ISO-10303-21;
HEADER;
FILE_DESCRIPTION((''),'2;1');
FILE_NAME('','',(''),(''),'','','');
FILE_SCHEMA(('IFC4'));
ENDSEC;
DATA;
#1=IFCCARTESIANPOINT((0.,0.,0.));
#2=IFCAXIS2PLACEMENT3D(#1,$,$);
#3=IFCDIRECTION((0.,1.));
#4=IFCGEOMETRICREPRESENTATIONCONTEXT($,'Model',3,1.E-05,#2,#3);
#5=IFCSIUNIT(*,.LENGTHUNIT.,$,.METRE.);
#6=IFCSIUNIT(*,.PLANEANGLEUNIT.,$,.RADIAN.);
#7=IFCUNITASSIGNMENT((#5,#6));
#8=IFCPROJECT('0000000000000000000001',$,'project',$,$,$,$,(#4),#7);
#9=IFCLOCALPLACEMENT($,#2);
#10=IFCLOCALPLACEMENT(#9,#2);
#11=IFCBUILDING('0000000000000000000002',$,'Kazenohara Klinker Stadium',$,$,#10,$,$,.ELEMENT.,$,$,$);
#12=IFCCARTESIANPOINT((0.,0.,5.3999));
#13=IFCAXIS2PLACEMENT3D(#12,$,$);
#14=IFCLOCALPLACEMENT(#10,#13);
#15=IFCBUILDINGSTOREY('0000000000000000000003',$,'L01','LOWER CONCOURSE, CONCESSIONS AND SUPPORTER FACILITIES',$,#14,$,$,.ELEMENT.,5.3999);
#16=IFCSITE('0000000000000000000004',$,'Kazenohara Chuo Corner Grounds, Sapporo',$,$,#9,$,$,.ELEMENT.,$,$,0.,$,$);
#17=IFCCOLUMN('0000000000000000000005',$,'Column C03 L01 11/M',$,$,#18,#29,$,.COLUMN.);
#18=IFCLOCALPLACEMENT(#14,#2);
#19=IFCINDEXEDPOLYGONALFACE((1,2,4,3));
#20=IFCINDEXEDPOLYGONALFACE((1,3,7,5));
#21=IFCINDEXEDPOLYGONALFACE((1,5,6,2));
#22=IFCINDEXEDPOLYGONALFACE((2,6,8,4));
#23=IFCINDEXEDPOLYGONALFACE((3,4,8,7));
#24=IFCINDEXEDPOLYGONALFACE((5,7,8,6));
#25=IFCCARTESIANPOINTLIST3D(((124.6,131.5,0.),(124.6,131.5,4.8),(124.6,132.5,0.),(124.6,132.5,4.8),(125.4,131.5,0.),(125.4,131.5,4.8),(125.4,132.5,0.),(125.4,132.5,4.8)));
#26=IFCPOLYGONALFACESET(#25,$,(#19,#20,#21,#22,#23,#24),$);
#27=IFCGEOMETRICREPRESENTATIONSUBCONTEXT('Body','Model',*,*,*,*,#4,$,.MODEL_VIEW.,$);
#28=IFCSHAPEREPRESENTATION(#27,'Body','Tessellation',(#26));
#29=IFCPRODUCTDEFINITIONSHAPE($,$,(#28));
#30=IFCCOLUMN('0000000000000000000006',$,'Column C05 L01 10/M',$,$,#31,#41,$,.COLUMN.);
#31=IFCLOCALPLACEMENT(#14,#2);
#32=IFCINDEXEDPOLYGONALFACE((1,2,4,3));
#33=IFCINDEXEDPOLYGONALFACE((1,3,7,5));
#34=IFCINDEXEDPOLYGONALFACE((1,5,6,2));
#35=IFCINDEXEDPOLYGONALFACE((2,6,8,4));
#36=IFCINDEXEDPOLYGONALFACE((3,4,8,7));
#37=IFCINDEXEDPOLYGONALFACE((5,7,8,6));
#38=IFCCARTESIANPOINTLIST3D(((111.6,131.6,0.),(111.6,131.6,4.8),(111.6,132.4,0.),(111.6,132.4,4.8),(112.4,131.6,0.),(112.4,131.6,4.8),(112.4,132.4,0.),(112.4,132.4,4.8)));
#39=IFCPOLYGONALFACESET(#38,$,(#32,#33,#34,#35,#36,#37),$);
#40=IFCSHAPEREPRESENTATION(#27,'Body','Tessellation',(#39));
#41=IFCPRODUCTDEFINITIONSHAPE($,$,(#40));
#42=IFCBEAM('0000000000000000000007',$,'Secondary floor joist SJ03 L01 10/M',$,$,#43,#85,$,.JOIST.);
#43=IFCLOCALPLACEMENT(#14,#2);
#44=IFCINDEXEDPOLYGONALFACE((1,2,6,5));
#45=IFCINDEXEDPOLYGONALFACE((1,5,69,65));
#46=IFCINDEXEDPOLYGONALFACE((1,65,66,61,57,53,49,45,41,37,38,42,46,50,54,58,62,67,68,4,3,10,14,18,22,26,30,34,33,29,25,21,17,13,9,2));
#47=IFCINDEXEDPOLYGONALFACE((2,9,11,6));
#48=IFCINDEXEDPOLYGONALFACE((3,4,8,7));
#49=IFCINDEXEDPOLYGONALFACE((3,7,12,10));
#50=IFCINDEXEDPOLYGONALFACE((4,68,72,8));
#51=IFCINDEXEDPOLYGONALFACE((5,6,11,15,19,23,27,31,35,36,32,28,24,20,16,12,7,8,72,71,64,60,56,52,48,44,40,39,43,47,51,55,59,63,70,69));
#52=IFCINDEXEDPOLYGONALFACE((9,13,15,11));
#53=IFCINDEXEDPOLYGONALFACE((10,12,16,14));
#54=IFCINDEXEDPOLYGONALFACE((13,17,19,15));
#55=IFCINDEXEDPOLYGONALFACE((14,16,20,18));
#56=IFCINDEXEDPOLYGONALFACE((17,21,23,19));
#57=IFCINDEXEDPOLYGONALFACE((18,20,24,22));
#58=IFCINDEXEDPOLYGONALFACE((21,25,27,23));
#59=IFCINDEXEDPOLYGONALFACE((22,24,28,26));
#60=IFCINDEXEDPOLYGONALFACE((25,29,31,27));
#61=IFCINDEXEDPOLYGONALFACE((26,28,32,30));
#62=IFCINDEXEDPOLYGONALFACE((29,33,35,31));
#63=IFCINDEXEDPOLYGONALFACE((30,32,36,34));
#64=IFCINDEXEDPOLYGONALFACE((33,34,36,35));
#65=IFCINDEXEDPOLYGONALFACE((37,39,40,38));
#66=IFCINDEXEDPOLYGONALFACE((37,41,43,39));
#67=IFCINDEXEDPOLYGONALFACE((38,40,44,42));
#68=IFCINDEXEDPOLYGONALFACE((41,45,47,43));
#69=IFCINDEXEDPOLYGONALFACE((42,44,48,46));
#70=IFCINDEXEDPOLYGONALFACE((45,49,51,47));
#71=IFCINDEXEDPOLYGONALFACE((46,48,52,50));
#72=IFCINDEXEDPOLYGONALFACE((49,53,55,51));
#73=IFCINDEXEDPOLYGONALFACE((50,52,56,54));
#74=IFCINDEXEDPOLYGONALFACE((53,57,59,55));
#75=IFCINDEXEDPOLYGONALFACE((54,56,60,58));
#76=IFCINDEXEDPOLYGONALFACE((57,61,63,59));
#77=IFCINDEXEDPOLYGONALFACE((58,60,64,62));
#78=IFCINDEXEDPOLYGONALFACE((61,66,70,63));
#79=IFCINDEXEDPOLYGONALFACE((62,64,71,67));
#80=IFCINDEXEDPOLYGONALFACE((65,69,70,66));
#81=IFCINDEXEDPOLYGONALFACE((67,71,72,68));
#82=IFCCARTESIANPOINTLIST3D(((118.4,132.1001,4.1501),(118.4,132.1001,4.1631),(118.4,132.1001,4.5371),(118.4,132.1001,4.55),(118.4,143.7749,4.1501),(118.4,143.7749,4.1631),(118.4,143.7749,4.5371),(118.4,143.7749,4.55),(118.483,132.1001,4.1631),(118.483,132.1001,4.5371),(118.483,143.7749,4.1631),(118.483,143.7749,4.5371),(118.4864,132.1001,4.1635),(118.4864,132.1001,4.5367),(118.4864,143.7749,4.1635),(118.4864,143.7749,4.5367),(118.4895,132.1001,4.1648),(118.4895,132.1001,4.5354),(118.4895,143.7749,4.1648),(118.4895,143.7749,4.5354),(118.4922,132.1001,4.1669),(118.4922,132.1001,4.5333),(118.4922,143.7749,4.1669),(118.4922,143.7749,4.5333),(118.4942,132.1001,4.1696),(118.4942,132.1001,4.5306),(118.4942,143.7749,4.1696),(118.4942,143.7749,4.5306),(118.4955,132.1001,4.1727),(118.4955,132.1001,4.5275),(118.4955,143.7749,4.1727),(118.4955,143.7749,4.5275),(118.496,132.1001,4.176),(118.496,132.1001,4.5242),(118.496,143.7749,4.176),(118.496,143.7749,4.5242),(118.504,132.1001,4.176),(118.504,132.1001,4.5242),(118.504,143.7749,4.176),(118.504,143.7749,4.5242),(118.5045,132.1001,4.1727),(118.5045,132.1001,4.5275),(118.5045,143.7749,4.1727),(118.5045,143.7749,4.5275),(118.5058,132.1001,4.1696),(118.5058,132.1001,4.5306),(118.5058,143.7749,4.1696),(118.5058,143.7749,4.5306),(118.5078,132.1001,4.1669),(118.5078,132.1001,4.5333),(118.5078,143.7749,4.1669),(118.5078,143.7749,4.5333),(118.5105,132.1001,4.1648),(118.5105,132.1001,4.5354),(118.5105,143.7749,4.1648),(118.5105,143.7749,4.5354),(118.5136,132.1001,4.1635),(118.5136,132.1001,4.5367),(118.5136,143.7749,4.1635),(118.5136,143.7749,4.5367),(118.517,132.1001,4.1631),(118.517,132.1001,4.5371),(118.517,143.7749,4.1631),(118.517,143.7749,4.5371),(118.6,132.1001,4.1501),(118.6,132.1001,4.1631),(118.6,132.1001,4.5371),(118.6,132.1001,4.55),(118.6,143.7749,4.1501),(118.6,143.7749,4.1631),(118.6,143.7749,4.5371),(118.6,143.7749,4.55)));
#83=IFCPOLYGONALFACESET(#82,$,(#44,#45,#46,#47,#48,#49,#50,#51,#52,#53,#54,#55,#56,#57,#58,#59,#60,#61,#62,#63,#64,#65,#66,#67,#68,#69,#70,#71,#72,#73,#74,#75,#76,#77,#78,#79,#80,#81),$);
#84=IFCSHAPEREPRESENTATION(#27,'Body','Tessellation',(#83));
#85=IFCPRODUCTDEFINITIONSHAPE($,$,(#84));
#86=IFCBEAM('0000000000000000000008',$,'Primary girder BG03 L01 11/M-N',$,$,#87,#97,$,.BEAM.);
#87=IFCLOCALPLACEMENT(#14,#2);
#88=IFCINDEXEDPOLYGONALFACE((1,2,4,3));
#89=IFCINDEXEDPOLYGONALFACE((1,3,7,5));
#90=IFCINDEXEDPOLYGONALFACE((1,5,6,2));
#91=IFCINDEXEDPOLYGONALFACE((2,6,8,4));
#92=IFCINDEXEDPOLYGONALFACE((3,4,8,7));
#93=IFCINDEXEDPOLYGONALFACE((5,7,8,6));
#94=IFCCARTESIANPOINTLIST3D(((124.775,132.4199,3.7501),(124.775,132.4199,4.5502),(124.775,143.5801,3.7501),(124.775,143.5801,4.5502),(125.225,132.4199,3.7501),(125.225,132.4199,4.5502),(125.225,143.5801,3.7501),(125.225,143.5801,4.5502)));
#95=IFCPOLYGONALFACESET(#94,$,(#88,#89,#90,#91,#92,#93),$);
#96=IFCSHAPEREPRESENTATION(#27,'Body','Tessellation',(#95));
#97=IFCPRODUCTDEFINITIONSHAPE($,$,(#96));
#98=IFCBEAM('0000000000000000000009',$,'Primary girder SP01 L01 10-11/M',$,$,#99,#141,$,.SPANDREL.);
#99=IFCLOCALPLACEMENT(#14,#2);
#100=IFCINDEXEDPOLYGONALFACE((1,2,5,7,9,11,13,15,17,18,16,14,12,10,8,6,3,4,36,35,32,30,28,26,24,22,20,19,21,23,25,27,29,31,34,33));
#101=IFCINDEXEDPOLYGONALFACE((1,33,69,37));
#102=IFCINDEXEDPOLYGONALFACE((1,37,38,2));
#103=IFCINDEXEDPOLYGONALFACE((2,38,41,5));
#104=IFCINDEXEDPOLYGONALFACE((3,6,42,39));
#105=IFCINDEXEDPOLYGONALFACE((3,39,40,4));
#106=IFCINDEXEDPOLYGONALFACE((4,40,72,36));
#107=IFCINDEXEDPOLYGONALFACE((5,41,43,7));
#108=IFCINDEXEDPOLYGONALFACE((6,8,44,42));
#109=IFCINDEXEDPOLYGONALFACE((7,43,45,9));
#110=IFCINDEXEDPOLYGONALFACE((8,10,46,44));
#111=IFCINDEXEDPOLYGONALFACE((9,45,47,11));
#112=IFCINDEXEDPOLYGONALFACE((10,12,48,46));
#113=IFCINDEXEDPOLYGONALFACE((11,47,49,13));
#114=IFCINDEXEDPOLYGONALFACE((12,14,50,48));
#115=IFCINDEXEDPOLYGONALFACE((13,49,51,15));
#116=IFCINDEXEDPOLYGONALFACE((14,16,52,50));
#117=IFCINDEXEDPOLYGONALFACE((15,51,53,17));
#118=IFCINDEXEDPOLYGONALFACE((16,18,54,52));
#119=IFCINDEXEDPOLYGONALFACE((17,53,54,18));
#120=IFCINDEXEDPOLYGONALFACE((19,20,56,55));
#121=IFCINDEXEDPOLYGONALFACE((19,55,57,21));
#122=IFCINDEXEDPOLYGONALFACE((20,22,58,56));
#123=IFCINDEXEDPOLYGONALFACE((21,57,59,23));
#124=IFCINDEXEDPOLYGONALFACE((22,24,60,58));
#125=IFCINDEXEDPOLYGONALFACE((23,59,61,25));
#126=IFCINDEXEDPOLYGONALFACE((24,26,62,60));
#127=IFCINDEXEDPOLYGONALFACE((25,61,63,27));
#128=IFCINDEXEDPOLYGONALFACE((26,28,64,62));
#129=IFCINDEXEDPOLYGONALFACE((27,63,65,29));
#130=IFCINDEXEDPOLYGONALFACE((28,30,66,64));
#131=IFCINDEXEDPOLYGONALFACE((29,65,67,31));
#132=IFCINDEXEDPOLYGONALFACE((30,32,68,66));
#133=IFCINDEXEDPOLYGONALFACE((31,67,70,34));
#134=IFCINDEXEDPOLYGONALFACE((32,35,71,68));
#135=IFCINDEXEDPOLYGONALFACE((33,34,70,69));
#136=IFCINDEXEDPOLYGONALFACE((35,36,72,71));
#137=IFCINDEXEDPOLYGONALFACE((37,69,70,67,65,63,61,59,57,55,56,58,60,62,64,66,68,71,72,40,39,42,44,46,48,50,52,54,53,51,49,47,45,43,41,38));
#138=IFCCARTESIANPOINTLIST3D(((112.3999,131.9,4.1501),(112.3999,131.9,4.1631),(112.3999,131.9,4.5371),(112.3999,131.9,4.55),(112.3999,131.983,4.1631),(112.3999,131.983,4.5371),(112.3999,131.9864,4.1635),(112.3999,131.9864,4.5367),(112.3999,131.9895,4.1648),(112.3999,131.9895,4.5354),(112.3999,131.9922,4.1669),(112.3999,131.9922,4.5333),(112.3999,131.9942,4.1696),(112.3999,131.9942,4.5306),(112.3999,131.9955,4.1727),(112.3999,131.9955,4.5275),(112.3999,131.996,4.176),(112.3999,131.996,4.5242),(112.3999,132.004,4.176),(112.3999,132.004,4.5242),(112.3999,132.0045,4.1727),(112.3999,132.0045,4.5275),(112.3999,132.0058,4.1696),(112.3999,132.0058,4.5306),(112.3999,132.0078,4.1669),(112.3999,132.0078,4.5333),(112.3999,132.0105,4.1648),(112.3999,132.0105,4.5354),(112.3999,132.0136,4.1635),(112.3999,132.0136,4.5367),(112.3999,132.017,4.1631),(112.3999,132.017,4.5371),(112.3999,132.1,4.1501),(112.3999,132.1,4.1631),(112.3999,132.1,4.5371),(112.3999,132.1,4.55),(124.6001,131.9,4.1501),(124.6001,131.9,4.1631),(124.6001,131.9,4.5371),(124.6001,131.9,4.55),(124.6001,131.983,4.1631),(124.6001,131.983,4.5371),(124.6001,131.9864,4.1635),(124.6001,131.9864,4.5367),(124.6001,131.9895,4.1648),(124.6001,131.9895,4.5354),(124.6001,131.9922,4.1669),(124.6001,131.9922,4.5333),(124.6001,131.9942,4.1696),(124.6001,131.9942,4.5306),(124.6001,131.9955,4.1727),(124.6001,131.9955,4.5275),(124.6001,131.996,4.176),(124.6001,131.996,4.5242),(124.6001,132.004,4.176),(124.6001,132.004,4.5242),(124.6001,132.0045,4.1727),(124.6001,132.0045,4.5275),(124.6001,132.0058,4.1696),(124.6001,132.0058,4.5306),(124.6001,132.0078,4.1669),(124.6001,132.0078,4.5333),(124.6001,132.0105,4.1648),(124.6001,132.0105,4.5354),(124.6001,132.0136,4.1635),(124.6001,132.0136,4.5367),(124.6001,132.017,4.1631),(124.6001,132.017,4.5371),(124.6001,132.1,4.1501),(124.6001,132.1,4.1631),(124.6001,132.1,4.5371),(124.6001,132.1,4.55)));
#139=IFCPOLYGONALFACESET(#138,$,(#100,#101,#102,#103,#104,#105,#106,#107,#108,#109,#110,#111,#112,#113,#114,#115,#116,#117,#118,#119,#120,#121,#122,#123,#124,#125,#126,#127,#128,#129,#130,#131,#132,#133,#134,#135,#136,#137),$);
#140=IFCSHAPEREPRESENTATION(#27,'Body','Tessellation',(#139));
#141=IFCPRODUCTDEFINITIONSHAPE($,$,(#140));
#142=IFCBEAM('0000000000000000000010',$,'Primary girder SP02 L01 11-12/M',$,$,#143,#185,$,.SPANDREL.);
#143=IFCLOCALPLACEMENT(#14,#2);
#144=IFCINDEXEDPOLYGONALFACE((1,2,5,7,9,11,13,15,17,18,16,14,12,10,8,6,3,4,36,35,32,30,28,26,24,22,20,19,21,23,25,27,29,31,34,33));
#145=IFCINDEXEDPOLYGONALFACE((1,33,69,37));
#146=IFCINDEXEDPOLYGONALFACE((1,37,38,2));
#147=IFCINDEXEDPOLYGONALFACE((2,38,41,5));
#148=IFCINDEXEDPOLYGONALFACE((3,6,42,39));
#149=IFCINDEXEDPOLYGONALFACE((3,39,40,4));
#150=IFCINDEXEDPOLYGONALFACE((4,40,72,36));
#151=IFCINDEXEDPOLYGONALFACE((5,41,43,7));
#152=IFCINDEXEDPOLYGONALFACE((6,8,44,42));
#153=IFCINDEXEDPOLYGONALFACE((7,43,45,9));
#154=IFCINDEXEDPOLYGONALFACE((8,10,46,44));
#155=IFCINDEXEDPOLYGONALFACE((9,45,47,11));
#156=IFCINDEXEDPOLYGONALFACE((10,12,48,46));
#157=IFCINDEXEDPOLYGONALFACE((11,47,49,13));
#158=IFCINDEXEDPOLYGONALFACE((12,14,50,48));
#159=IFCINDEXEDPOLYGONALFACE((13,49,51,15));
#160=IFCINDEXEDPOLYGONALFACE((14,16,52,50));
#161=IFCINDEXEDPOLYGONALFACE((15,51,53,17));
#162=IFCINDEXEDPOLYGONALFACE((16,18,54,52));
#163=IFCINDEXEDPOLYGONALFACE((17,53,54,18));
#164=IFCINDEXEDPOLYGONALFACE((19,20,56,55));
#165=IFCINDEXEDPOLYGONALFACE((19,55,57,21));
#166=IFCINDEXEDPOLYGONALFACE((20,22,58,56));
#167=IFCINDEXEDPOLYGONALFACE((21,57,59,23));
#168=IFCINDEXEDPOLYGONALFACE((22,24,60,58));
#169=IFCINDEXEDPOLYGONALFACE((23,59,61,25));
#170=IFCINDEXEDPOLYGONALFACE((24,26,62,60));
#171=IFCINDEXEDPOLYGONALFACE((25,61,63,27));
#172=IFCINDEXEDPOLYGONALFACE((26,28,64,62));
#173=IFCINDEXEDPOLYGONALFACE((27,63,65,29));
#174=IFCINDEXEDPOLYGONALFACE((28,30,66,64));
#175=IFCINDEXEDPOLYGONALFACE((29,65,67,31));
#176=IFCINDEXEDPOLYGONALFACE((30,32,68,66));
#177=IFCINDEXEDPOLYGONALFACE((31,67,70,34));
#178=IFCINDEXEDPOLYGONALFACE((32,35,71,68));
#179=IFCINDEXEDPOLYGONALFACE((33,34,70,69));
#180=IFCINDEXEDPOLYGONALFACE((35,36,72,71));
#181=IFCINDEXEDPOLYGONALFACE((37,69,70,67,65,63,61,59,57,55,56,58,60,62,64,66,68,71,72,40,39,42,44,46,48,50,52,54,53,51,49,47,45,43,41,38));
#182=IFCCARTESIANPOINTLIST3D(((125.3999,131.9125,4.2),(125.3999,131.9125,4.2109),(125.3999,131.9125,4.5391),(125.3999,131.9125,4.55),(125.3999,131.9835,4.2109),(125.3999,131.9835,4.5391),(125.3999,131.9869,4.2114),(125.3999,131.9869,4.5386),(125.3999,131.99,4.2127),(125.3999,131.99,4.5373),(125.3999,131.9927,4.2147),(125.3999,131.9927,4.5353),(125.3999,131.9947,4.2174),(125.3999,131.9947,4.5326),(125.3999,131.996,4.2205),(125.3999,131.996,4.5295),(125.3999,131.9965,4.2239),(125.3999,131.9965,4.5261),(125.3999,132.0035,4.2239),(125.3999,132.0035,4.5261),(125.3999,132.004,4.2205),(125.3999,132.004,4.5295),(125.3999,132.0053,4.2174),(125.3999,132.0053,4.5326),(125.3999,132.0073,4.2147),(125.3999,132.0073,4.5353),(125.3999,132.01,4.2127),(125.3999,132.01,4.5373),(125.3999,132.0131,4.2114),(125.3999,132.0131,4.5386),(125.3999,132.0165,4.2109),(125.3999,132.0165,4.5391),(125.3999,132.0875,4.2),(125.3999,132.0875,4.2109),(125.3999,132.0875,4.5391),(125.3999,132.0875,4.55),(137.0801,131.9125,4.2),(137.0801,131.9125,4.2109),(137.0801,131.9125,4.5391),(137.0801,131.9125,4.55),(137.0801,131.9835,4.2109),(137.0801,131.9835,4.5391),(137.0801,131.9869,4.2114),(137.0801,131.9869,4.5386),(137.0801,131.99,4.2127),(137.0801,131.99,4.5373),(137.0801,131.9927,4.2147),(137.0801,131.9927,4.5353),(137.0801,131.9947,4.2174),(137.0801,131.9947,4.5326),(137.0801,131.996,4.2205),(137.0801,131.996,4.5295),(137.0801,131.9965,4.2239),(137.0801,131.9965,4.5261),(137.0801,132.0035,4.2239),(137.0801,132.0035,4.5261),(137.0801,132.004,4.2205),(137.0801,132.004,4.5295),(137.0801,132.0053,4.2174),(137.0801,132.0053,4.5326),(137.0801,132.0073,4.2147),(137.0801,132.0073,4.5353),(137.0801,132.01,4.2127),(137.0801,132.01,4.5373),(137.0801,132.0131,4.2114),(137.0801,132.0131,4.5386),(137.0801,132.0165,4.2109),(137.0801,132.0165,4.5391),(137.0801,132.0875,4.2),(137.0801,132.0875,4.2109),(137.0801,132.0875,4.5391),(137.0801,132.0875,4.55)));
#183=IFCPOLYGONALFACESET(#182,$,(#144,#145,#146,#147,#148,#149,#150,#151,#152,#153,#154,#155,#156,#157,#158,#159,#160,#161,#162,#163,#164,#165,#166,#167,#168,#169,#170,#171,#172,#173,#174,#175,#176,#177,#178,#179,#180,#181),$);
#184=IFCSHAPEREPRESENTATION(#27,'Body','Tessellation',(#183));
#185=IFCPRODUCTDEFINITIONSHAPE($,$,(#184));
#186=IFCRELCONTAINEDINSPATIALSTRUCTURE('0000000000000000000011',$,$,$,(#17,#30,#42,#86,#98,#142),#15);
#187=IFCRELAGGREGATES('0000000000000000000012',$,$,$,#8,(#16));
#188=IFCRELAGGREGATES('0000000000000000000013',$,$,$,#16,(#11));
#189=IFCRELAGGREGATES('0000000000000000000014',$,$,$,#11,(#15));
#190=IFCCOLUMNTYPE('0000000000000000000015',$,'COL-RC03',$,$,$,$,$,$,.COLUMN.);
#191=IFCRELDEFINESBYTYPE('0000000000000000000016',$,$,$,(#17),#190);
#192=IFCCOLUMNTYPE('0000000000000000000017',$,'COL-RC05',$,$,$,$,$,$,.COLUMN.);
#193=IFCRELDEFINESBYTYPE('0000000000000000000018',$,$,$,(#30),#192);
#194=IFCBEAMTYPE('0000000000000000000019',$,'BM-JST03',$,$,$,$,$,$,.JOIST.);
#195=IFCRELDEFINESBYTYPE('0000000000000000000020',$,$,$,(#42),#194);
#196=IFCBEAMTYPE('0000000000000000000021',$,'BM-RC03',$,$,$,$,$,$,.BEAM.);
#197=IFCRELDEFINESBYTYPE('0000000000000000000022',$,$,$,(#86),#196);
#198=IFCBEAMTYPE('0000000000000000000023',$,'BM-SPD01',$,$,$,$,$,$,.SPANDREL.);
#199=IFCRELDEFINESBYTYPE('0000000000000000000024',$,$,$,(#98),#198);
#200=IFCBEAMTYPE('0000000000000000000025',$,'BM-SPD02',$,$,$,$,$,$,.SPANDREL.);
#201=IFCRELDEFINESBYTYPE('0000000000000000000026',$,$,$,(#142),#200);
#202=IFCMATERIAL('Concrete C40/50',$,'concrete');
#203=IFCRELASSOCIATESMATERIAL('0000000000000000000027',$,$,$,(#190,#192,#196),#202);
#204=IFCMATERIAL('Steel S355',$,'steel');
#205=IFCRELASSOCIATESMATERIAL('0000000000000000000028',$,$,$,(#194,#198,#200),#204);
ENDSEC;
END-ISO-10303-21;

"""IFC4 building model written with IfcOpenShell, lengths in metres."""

from ifc_helpers import new_model, si_unit, direction, frame, origin, origin_2d, place, context, subcontext, project, spatial, rectangle, i_section, extrude, material, material_profile, profile_set, type_object, element, save


model = new_model("IFC4")

# Units and contexts
model_context = context("Model", 3, precision=1e-05, world=origin(), true_north=direction((0.0, 1.0)))
body_context = subcontext(model_context, "Body", "Model", "MODEL_VIEW")
ifc_project = project(units=[si_unit("LENGTHUNIT", "METRE"), si_unit("PLANEANGLEUNIT", "RADIAN")], contexts=[model_context])

# Site, building, storey
site_placement = place(None, origin())
site = spatial("IfcSite", under=ifc_project, at=site_placement, Name="Kazenohara Chuo Corner Grounds, Sapporo", CompositionType="ELEMENT", RefElevation=0.0)
building_placement = place(site_placement, origin())
building = spatial("IfcBuilding", under=site, at=building_placement, Name="Kazenohara Klinker Stadium", CompositionType="ELEMENT")
storey_placement = place(building_placement, frame((0.0, 0.0, 5.3999)))
storey = spatial("IfcBuildingStorey", under=building, at=storey_placement, Name="L01", Description="LOWER CONCOURSE, CONCESSIONS AND SUPPORTER FACILITIES", CompositionType="ELEMENT", Elevation=5.3999)

# Columns
ifc_material_1 = material(Name="Concrete C40/50", Category="concrete")
ifc_material_profile_1 = material_profile(ifc_material_1, rectangle(XDim=0.8, YDim=1.0, at=origin_2d()), Name="RC-COL-1000x800")
ifc_profile_set_1 = profile_set([ifc_material_profile_1], Name="Concrete C40/50")
column_type_1 = type_object("IfcColumnType", Name="COL-RC03", PredefinedType="COLUMN", material=ifc_profile_set_1)
column_1_placement = place(storey_placement, frame((125.0, 132.0, 0.0), z_axis=(0.0, 0.0, 1.0), x_axis=(1.0, 0.0, 0.0)))
element("IfcColumn", 1, at=column_1_placement, inside=storey, type_object=column_type_1, Name="Column C03 L01 11/M", PredefinedType="COLUMN", context=body_context, shape_type="SweptSolid", body=[
    extrude(rectangle(XDim=0.8, YDim=1.0, at=origin_2d()), origin(), (0.0, 0.0, 1.0), 4.8),
])
ifc_material_profile_2 = material_profile(ifc_material_1, rectangle(XDim=0.8, YDim=0.8, at=origin_2d()), Name="RC-COL-800x800")
ifc_profile_set_2 = profile_set([ifc_material_profile_2], Name="Concrete C40/50")
column_type_2 = type_object("IfcColumnType", Name="COL-RC05", PredefinedType="COLUMN", material=ifc_profile_set_2)
column_2_placement = place(storey_placement, frame((112.0, 132.0, 0.0), z_axis=(0.0, 0.0, 1.0), x_axis=(1.0, 0.0, 0.0)))
element("IfcColumn", 2, at=column_2_placement, inside=storey, type_object=column_type_2, Name="Column C05 L01 10/M", PredefinedType="COLUMN", context=body_context, shape_type="SweptSolid", body=[
    extrude(rectangle(XDim=0.8, YDim=0.8, at=origin_2d()), origin(), (0.0, 0.0, 1.0), 4.8),
])

# Beams
ifc_material_2 = material(Name="Steel S355", Category="steel")
ifc_material_profile_3 = material_profile(ifc_material_2, i_section(OverallWidth=0.2, OverallDepth=0.3999, WebThickness=0.0081, FlangeThickness=0.0129, FilletRadius=0.0129, at=origin_2d()), Name="H-400x200x8x13")
ifc_profile_set_3 = profile_set([ifc_material_profile_3], Name="Steel S355")
beam_type_1 = type_object("IfcBeamType", Name="BM-JST03", PredefinedType="JOIST", material=ifc_profile_set_3)
beam_1_placement = place(storey_placement, frame((118.5, 132.1001, 4.3501), z_axis=(0.0, 1.0, 0.0), x_axis=(-1.0, 0.0, 0.0)))
element("IfcBeam", 3, at=beam_1_placement, inside=storey, type_object=beam_type_1, Name="Secondary floor joist SJ03 L01 10/M", PredefinedType="JOIST", context=body_context, shape_type="SweptSolid", body=[
    extrude(i_section(OverallWidth=0.2, OverallDepth=0.3999, WebThickness=0.0081, FlangeThickness=0.0129, FilletRadius=0.0129, at=origin_2d()), origin(), (0.0, 0.0, 1.0), 11.6748),
])
ifc_material_profile_4 = material_profile(ifc_material_1, rectangle(XDim=0.45, YDim=0.8, at=origin_2d()), Name="RC-BM-450x800")
ifc_profile_set_4 = profile_set([ifc_material_profile_4], Name="Concrete C40/50")
beam_type_2 = type_object("IfcBeamType", Name="BM-RC03", PredefinedType="BEAM", material=ifc_profile_set_4)
beam_2_placement = place(storey_placement, frame((125.0, 132.4199, 4.1501), z_axis=(0.0, 1.0, 0.0), x_axis=(-1.0, 0.0, 0.0)))
element("IfcBeam", 4, at=beam_2_placement, inside=storey, type_object=beam_type_2, Name="Primary girder BG03 L01 11/M-N", PredefinedType="BEAM", context=body_context, shape_type="SweptSolid", body=[
    extrude(rectangle(XDim=0.45, YDim=0.8, at=origin_2d()), origin(), (0.0, 0.0, 1.0), 11.1602),
])
ifc_material_profile_5 = material_profile(ifc_material_2, i_section(OverallWidth=0.2, OverallDepth=0.3999, WebThickness=0.0081, FlangeThickness=0.0129, FilletRadius=0.0129, at=origin_2d()), Name="H-400x200x8x13")
ifc_profile_set_5 = profile_set([ifc_material_profile_5], Name="Steel S355")
beam_type_3 = type_object("IfcBeamType", Name="BM-SPD01", PredefinedType="SPANDREL", material=ifc_profile_set_5)
beam_3_placement = place(storey_placement, frame((112.3999, 132.0, 4.3501), z_axis=(1.0, 0.0, 0.0), x_axis=(0.0, 1.0, 0.0)))
element("IfcBeam", 5, at=beam_3_placement, inside=storey, type_object=beam_type_3, Name="Primary girder SP01 L01 10-11/M", PredefinedType="SPANDREL", context=body_context, shape_type="SweptSolid", body=[
    extrude(i_section(OverallWidth=0.2, OverallDepth=0.3999, WebThickness=0.0081, FlangeThickness=0.0129, FilletRadius=0.0129, at=origin_2d()), origin(), (0.0, 0.0, 1.0), 12.2002),
])
ifc_material_profile_6 = material_profile(ifc_material_2, i_section(OverallWidth=0.175, OverallDepth=0.3501, WebThickness=0.0071, FlangeThickness=0.011, FilletRadius=0.0129, at=origin_2d()), Name="H-350x175x7x11")
ifc_profile_set_6 = profile_set([ifc_material_profile_6], Name="Steel S355")
beam_type_4 = type_object("IfcBeamType", Name="BM-SPD02", PredefinedType="SPANDREL", material=ifc_profile_set_6)
beam_4_placement = place(storey_placement, frame((125.3999, 132.0, 4.375), z_axis=(1.0, 0.0, 0.0), x_axis=(0.0, 1.0, 0.0)))
element("IfcBeam", 6, at=beam_4_placement, inside=storey, type_object=beam_type_4, Name="Primary girder SP02 L01 11-12/M", PredefinedType="SPANDREL", context=body_context, shape_type="SweptSolid", body=[
    extrude(i_section(OverallWidth=0.175, OverallDepth=0.3501, WebThickness=0.0071, FlangeThickness=0.011, FilletRadius=0.0129, at=origin_2d()), origin(), (0.0, 0.0, 1.0), 11.6802),
])

save(model, "model.ifc")
